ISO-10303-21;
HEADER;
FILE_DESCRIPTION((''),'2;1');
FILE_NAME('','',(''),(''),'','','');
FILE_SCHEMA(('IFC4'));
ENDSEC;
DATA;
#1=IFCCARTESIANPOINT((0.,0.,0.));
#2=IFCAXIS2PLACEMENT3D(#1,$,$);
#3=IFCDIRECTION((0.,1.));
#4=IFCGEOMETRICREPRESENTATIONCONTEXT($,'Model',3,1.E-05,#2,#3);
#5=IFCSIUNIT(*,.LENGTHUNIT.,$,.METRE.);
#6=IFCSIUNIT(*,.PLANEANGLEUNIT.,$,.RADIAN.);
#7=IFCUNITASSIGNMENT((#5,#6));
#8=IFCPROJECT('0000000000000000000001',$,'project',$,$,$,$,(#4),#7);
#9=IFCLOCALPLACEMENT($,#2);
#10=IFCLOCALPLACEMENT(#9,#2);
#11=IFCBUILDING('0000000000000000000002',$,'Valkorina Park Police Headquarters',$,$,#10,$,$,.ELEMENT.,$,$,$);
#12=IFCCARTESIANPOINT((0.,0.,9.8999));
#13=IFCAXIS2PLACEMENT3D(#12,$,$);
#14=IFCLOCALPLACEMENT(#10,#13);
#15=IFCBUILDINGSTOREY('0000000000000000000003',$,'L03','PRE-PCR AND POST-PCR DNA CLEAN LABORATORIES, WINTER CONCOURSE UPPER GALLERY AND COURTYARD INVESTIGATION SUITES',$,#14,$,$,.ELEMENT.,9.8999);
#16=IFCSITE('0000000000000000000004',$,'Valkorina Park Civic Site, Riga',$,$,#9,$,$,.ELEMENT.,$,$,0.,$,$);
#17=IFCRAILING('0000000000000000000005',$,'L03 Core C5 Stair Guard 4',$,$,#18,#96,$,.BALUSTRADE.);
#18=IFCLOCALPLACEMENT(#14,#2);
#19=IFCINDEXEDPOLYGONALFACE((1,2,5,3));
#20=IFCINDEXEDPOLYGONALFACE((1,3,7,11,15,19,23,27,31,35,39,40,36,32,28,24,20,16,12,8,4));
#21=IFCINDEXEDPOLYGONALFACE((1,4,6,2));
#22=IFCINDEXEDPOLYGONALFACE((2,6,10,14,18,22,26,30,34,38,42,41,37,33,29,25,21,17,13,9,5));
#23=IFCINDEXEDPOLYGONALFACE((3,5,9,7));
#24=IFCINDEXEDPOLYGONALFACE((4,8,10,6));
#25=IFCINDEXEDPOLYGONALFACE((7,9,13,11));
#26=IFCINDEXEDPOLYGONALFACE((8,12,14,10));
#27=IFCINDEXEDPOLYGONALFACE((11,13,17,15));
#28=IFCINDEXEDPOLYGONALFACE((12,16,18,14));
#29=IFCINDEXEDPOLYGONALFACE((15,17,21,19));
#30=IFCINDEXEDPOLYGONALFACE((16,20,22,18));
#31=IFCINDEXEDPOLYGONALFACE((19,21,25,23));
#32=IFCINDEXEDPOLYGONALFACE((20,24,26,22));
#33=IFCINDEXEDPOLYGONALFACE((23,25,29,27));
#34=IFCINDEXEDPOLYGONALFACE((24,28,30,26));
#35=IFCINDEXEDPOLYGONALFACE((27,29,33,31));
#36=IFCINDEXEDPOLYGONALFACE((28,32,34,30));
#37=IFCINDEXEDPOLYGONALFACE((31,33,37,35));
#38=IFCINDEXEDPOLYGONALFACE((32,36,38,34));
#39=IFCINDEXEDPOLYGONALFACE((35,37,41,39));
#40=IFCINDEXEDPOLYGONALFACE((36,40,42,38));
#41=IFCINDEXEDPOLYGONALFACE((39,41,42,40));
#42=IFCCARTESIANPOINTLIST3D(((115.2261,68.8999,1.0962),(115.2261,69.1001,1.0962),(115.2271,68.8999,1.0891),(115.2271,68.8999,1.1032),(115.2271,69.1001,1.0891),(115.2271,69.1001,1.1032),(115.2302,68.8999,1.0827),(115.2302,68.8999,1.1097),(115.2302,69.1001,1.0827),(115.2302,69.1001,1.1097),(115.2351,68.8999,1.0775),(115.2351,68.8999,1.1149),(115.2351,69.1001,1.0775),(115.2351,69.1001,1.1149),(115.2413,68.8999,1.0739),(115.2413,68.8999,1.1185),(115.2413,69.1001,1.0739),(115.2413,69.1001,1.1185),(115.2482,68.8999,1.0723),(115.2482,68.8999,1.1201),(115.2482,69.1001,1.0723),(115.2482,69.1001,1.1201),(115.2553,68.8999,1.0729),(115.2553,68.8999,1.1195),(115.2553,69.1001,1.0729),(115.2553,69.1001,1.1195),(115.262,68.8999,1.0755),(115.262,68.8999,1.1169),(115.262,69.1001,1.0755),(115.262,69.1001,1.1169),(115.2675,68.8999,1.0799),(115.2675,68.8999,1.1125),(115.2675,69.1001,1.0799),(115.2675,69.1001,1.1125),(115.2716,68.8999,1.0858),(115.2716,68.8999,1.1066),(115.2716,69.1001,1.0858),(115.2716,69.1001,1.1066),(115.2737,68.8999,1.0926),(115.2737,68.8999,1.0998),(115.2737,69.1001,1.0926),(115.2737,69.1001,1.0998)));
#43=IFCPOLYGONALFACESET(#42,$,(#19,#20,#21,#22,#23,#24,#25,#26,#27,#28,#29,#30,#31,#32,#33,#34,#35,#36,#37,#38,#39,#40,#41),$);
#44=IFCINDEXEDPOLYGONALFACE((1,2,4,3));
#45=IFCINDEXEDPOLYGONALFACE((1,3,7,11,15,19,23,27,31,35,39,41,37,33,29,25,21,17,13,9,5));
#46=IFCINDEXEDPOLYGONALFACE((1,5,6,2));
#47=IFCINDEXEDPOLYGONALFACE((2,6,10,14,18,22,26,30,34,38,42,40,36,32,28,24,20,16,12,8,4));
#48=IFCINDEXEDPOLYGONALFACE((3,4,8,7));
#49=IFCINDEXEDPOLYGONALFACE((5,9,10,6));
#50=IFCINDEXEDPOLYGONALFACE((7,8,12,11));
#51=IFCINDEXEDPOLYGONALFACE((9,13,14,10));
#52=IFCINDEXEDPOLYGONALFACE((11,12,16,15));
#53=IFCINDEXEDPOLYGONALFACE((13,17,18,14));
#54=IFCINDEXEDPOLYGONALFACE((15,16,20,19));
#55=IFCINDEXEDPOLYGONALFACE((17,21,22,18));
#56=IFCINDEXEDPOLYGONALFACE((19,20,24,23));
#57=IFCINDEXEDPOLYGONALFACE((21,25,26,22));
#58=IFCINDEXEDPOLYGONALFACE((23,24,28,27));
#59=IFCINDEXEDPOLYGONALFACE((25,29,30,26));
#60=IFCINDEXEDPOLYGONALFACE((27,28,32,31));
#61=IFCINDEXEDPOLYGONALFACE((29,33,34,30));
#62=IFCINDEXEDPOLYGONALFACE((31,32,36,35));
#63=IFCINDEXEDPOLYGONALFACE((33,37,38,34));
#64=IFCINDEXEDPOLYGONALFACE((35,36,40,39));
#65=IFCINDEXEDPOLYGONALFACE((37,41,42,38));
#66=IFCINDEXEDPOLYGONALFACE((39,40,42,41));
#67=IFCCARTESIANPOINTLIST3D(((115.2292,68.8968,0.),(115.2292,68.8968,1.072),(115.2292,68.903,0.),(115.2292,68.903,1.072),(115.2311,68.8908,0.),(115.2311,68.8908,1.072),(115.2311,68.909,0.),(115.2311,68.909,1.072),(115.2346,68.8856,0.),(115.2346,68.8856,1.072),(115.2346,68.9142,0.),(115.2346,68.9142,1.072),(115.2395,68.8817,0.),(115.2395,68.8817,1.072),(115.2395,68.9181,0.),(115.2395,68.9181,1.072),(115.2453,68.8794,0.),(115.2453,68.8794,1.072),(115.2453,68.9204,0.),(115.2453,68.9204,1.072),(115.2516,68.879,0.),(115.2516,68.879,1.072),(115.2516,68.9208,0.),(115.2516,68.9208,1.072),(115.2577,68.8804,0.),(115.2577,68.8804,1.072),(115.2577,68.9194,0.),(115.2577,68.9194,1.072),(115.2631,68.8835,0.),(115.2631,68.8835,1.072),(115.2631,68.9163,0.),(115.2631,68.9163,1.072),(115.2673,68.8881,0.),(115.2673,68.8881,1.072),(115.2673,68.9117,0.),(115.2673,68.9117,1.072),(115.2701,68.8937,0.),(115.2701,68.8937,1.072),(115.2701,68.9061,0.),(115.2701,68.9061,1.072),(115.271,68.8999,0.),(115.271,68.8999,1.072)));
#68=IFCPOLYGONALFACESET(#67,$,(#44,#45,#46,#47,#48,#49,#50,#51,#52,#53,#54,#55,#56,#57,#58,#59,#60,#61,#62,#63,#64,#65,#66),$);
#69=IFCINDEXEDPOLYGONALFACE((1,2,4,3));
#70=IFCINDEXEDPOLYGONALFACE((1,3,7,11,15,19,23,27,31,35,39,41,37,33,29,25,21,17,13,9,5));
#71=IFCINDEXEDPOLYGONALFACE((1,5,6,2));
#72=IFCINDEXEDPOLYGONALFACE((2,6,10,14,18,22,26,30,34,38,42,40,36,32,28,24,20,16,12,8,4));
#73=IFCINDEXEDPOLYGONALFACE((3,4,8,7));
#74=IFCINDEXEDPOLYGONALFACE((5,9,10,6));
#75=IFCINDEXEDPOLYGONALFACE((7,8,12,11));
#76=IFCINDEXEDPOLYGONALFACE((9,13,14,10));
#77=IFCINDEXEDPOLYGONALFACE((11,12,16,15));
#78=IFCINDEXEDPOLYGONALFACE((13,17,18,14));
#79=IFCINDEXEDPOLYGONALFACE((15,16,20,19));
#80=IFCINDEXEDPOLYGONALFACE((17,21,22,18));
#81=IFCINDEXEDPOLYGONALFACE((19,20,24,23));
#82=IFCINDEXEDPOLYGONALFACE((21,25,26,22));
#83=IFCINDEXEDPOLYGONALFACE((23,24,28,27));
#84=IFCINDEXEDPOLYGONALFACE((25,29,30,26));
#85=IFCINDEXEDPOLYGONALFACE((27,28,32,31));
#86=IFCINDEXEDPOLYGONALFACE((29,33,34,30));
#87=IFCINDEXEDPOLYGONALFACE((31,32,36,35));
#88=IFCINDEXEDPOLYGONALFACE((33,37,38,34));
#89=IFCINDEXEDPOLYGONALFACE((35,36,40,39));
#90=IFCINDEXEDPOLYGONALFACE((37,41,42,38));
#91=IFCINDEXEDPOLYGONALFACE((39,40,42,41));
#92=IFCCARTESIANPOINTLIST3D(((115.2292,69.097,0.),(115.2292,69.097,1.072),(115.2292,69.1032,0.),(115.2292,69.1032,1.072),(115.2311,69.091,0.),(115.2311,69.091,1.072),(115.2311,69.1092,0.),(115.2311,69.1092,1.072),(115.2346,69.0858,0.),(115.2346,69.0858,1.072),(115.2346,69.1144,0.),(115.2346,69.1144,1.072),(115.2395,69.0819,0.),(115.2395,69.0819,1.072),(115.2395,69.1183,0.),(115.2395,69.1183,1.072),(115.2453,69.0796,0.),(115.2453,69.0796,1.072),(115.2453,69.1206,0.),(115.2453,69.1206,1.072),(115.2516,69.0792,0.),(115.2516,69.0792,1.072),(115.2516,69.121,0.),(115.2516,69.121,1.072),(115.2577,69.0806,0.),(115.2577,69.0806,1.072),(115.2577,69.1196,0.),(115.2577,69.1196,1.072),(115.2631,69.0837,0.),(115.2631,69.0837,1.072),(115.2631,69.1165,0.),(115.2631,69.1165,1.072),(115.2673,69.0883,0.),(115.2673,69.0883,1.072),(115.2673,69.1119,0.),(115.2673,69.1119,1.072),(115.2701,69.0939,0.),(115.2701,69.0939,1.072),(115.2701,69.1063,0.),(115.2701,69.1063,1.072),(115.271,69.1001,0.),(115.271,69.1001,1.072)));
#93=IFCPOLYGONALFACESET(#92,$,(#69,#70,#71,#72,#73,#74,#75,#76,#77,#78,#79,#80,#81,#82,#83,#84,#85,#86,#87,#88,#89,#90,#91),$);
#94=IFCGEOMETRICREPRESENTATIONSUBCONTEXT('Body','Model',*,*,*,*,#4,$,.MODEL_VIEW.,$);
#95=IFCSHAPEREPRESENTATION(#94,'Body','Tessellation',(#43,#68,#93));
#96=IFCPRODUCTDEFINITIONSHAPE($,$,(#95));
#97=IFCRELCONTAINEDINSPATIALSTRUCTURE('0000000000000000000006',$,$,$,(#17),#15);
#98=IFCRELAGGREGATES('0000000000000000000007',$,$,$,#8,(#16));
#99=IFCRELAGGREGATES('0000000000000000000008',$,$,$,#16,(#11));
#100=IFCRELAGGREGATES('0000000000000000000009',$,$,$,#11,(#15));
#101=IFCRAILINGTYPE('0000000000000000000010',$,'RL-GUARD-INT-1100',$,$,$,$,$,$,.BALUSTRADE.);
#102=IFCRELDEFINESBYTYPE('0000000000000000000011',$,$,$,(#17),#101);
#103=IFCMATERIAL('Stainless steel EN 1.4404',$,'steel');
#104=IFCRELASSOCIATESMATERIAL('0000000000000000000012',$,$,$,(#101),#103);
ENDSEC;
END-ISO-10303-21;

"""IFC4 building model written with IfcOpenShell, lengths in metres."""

from ifc_helpers import new_model, si_unit, direction, frame, origin, origin_2d, place, context, subcontext, project, spatial, circle, extrude, material, type_object, element, save


model = new_model("IFC4")

# Units and contexts
model_context = context("Model", 3, precision=1e-05, world=origin(), true_north=direction((0.0, 1.0)))
body_context = subcontext(model_context, "Body", "Model", "MODEL_VIEW")
ifc_project = project(units=[si_unit("LENGTHUNIT", "METRE"), si_unit("PLANEANGLEUNIT", "RADIAN")], contexts=[model_context])

# Site, building, storey
site_placement = place(None, origin())
site = spatial("IfcSite", under=ifc_project, at=site_placement, Name="Valkorina Park Civic Site, Riga", CompositionType="ELEMENT", RefElevation=0.0)
building_placement = place(site_placement, origin())
building = spatial("IfcBuilding", under=site, at=building_placement, Name="Valkorina Park Police Headquarters", CompositionType="ELEMENT")
storey_placement = place(building_placement, frame((0.0, 0.0, 9.8999)))
storey = spatial("IfcBuildingStorey", under=building, at=storey_placement, Name="L03", Description="PRE-PCR AND POST-PCR DNA CLEAN LABORATORIES, WINTER CONCOURSE UPPER GALLERY AND COURTYARD INVESTIGATION SUITES", CompositionType="ELEMENT", Elevation=9.8999)

# Railing
ifc_material_1 = material(Name="Stainless steel EN 1.4404", Category="steel")
railing_type_1 = type_object("IfcRailingType", Name="RL-GUARD-INT-1100", PredefinedType="BALUSTRADE", material=ifc_material_1)
railing_1_placement = place(storey_placement, frame((115.25, 68.8999, 0.0)))
element("IfcRailing", 1, at=railing_1_placement, inside=storey, type_object=railing_type_1, Name="L03 Core C5 Stair Guard 4", PredefinedType="BALUSTRADE", context=body_context, shape_type="SweptSolid", body=[
    extrude(circle(Radius=0.0239, at=origin_2d()), frame((0.0, 0.0, 1.0962), z_axis=(0.0, 1.0, 0.0), x_axis=(-1.0, 0.0, 0.0)), (0.0, 0.0, 1.0), 0.2002),
    extrude(circle(Radius=0.021, at=origin_2d()), origin(), (0.0, 0.0, 1.0), 1.072),
    extrude(circle(Radius=0.021, at=origin_2d()), frame((0.0, 0.2002, 0.0)), (0.0, 0.0, 1.0), 1.072),
])

save(model, "model.ifc")
